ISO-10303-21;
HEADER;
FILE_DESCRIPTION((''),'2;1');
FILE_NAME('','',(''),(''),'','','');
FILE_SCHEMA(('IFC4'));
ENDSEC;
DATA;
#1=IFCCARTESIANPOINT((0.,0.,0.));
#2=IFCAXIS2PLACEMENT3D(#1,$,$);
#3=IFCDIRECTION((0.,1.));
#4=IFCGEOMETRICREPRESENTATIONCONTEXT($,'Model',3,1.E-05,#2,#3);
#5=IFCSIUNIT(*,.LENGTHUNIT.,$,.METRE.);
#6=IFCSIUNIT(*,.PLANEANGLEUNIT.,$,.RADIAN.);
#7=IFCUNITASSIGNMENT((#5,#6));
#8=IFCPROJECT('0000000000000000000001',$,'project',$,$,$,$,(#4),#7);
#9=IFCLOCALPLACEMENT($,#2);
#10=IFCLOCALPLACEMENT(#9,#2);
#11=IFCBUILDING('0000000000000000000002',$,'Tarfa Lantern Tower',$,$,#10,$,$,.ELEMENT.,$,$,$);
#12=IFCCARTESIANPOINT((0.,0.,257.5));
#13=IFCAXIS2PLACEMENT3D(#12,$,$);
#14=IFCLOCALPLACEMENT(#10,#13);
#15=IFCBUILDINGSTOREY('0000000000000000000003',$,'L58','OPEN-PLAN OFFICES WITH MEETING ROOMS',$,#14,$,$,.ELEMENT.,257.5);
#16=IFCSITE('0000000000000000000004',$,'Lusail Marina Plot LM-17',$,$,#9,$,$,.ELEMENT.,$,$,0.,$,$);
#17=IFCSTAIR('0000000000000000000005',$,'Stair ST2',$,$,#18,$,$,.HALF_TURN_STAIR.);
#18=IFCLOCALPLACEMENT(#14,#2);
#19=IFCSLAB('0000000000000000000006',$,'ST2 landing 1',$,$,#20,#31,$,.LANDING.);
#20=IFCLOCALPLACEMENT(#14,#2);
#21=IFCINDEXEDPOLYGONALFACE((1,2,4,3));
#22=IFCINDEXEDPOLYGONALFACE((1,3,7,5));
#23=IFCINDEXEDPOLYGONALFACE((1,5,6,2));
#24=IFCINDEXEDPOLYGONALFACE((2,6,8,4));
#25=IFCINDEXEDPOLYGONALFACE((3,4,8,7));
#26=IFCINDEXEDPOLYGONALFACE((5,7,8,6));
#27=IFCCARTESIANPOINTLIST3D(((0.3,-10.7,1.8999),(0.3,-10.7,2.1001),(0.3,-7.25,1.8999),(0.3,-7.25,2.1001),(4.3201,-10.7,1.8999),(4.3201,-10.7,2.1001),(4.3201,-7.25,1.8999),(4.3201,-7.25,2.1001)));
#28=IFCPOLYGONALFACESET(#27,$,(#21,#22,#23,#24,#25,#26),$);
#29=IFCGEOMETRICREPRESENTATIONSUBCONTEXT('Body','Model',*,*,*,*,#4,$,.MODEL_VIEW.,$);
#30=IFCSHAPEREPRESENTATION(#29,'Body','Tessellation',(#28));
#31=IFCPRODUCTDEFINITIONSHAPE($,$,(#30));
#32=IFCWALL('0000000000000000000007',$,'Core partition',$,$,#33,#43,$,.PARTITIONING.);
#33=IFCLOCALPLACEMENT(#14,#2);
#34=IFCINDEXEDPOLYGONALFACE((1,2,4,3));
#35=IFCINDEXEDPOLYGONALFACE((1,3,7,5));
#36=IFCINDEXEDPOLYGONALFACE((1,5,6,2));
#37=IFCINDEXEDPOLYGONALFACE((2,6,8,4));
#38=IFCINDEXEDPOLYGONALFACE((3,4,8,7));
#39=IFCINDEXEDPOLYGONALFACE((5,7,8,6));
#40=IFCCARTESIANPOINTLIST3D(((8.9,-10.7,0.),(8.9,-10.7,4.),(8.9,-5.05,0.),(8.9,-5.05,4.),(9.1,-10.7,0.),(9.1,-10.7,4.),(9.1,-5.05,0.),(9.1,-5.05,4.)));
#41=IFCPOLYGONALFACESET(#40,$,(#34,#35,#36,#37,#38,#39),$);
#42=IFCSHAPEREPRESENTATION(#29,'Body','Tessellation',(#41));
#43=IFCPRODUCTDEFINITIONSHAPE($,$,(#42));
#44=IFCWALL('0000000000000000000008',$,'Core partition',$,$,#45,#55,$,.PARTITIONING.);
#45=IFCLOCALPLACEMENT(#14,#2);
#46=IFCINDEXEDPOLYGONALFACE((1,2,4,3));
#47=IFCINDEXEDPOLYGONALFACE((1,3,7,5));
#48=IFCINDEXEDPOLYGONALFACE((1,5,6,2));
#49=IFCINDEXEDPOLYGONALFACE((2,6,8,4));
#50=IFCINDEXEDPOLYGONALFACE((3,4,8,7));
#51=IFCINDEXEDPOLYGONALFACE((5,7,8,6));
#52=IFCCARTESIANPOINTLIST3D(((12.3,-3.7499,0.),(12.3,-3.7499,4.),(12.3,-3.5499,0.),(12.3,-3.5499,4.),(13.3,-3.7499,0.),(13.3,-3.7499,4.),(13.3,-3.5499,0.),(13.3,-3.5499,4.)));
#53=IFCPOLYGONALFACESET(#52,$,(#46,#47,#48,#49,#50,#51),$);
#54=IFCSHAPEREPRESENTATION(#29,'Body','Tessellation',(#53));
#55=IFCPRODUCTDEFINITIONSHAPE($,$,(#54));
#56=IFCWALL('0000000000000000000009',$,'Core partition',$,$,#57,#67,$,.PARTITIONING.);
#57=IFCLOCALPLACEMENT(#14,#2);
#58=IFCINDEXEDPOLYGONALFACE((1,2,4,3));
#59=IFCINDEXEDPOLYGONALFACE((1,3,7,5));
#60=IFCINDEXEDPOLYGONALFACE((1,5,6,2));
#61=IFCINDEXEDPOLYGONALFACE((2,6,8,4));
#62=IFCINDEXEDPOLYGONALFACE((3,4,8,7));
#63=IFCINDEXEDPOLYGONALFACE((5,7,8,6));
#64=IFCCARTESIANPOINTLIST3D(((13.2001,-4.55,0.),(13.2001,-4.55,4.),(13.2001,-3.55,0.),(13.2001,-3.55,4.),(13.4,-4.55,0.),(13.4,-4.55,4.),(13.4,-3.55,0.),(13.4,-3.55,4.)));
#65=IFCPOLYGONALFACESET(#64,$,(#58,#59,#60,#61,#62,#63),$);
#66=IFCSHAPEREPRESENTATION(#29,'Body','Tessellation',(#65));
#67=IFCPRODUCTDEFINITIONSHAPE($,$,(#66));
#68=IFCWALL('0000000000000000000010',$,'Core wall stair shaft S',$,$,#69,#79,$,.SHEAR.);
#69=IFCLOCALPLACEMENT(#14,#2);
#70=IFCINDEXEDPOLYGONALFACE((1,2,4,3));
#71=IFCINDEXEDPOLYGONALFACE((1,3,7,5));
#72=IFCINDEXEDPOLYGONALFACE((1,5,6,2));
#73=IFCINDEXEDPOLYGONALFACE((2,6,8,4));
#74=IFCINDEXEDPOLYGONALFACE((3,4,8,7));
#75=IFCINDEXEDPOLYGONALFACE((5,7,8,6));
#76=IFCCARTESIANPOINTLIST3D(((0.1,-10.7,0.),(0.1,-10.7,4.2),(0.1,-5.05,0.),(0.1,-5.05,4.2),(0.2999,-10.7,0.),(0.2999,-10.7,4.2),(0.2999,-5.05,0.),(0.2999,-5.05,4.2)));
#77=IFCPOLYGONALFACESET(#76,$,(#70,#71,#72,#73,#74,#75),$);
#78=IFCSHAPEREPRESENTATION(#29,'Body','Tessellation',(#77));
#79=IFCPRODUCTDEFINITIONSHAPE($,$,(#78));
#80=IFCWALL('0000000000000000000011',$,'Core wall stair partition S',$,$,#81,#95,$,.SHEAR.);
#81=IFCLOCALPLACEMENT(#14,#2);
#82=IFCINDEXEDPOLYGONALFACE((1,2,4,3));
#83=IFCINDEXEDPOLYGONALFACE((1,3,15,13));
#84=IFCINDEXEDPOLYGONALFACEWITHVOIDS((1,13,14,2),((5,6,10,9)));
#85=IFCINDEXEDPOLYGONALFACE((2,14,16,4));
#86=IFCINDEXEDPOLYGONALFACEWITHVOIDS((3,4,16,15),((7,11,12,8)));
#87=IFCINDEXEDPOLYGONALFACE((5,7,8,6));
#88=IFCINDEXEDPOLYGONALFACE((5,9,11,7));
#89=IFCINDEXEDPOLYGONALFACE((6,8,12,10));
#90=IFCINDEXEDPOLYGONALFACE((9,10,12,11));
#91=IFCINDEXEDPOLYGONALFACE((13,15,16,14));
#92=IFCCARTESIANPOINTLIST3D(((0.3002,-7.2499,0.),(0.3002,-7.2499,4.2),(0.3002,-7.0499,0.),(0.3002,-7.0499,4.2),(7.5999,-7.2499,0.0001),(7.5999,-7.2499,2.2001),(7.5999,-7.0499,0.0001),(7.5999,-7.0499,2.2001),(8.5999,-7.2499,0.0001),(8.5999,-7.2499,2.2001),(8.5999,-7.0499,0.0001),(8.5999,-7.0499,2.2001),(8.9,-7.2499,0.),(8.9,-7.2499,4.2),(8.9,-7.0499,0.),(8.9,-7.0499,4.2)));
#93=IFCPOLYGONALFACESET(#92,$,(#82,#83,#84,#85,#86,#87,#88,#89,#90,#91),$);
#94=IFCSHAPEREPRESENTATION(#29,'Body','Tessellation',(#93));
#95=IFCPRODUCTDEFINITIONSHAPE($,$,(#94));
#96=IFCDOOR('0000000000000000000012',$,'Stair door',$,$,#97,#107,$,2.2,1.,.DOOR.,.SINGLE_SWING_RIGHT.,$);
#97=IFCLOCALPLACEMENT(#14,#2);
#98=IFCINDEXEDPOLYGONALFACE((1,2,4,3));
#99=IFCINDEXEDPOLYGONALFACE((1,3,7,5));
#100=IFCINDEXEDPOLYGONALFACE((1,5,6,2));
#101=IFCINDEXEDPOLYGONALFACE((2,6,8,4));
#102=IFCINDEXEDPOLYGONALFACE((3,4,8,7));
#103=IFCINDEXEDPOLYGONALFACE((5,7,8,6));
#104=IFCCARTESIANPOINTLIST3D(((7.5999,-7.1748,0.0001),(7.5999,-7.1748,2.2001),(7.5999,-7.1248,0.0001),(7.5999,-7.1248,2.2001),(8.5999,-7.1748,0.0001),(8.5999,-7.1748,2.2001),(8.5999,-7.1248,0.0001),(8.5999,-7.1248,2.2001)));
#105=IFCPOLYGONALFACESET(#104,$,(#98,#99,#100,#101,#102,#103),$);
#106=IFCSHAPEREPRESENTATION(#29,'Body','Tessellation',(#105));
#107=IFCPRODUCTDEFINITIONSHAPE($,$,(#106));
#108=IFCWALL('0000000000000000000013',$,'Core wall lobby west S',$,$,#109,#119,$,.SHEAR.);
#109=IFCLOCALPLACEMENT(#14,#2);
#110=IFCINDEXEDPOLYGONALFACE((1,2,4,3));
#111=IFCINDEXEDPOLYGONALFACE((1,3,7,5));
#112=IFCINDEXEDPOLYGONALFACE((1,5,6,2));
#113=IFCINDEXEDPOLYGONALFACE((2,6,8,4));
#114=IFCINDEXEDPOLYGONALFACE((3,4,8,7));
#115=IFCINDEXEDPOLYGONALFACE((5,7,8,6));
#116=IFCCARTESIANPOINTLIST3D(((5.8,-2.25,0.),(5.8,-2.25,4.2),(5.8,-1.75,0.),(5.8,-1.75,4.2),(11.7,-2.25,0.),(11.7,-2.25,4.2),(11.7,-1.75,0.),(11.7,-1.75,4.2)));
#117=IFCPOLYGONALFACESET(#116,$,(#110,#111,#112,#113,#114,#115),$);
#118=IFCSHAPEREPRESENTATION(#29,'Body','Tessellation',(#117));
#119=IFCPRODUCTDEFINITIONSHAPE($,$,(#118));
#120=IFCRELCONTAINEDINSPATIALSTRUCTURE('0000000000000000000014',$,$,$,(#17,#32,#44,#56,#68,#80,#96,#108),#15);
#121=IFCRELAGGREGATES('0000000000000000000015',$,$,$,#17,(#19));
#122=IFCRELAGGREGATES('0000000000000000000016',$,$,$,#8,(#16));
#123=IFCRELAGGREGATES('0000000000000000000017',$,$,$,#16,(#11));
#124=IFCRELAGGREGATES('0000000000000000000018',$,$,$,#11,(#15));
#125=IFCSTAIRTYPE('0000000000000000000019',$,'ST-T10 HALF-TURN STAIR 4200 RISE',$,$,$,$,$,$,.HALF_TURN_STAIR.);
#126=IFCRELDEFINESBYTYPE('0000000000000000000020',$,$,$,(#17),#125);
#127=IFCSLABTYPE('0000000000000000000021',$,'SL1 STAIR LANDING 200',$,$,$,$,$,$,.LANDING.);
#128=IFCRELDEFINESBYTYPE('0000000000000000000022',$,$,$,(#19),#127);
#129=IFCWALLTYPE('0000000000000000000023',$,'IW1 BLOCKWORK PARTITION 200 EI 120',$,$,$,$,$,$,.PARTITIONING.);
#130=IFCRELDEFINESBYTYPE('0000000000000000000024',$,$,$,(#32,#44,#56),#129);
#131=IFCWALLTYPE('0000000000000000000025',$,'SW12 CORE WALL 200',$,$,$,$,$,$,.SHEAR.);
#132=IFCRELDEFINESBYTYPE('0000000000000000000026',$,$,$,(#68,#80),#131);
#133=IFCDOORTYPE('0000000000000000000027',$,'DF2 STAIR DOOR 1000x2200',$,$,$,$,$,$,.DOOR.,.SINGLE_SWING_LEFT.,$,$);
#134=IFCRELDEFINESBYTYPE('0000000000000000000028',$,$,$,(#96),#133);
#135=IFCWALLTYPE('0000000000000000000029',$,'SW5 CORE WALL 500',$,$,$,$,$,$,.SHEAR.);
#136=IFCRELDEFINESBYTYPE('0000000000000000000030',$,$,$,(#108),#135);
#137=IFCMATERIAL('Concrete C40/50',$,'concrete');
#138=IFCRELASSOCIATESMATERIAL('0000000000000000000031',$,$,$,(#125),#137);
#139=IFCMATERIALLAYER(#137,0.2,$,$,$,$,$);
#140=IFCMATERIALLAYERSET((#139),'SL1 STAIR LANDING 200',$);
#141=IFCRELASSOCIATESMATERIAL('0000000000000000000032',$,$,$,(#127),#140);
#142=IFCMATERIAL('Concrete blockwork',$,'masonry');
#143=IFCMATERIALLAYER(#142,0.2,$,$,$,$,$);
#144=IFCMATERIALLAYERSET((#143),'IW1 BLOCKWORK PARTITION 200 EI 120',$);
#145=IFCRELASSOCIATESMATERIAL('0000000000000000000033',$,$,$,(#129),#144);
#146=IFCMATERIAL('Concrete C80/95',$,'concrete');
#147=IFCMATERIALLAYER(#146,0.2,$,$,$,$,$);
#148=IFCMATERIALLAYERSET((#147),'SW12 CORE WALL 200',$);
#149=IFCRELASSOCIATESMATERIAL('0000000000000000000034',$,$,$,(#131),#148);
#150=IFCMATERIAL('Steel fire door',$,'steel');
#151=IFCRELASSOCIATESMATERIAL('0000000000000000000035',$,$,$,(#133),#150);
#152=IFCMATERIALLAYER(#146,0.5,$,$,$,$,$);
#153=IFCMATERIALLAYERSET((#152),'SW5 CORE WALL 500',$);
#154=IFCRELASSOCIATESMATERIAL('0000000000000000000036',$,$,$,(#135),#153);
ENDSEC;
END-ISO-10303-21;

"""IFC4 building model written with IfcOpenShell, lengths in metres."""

from ifc_helpers import new_model, si_unit, direction, frame, frame_2d, origin, place, context, subcontext, project, spatial, polyline, rectangle, outline, extrude, material, layer, layer_set, type_object, element, fill, aggregate, save


model = new_model("IFC4")

# Units and contexts
model_context = context("Model", 3, precision=1e-05, world=origin(), true_north=direction((0.0, 1.0)))
body_context = subcontext(model_context, "Body", "Model", "MODEL_VIEW")
ifc_project = project(units=[si_unit("LENGTHUNIT", "METRE"), si_unit("PLANEANGLEUNIT", "RADIAN")], contexts=[model_context])

# Site, building, storey
site_placement = place(None, origin())
site = spatial("IfcSite", under=ifc_project, at=site_placement, Name="Lusail Marina Plot LM-17", CompositionType="ELEMENT", RefElevation=0.0)
building_placement = place(site_placement, origin())
building = spatial("IfcBuilding", under=site, at=building_placement, Name="Tarfa Lantern Tower", CompositionType="ELEMENT")
storey_placement = place(building_placement, frame((0.0, 0.0, 257.5)))
storey = spatial("IfcBuildingStorey", under=building, at=storey_placement, Name="L58", Description="OPEN-PLAN OFFICES WITH MEETING ROOMS", CompositionType="ELEMENT", Elevation=257.5)

# Stair, slab
ifc_material_1 = material(Name="Concrete C40/50", Category="concrete")
stair_type = type_object("IfcStairType", Name="ST-T10 HALF-TURN STAIR 4200 RISE", PredefinedType="HALF_TURN_STAIR", material=ifc_material_1)
stair_placement = place(storey_placement, origin())
stair = element("IfcStair", 1, at=stair_placement, inside=storey, type_object=stair_type, Name="Stair ST2", PredefinedType="HALF_TURN_STAIR")
ifc_layer_1 = layer(ifc_material_1, 0.2)
ifc_layer_set_1 = layer_set([ifc_layer_1], Name="SL1 STAIR LANDING 200")
slab_type = type_object("IfcSlabType", Name="SL1 STAIR LANDING 200", PredefinedType="LANDING", material=ifc_layer_set_1)
slab_placement = place(storey_placement, frame((0.0, 0.0, 1.8999)))
slab = element("IfcSlab", 2, at=slab_placement, type_object=slab_type, Name="ST2 landing 1", PredefinedType="LANDING", context=body_context, shape_type="SweptSolid", body=[
    extrude(outline(polyline([(4.3201, -7.25), (0.3, -7.25), (0.3, -10.7), (4.3201, -10.7), (4.3201, -7.25)])), origin(), (0.0, 0.0, 1.0), 0.2002),
])

# Walls
ifc_material_2 = material(Name="Concrete blockwork", Category="masonry")
ifc_layer_2 = layer(ifc_material_2, 0.2)
ifc_layer_set_2 = layer_set([ifc_layer_2], Name="IW1 BLOCKWORK PARTITION 200 EI 120")
wall_type_1 = type_object("IfcWallType", Name="IW1 BLOCKWORK PARTITION 200 EI 120", PredefinedType="PARTITIONING", material=ifc_layer_set_2)
wall_1_placement = place(storey_placement, frame((9.0, -5.05, 0.0), z_axis=(0.0, 0.0, 1.0), x_axis=(0.0, -1.0, 0.0)))
element("IfcWall", 3, at=wall_1_placement, inside=storey, type_object=wall_type_1, Name="Core partition", PredefinedType="PARTITIONING", context=body_context, shape_type="SweptSolid", body=[
    extrude(rectangle(XDim=5.6499, YDim=0.2, at=frame_2d((2.825, 0.0))), origin(), (0.0, 0.0, 1.0), 4.0),
])
for number, where, z_axis, x_axis, name in (
    (4, (13.3, -3.6499, 0.0), (0.0, 0.0, 1.0), (-1.0, 0.0, 0.0), "Core partition"),
    (5, (13.3, -3.55, 0.0), (0.0, 0.0, 1.0), (0.0, -1.0, 0.0), "Core partition"),
):
    element("IfcWall", number, at=place(storey_placement, frame(where, z_axis=z_axis, x_axis=x_axis)), inside=storey, type_object=wall_type_1, Name=name, PredefinedType="PARTITIONING", context=body_context, shape_type="SweptSolid", body=[
        extrude(rectangle(XDim=1.0, YDim=0.2, at=frame_2d((0.5, 0.0))), origin(), (0.0, 0.0, 1.0), 4.0),
    ])
ifc_material_3 = material(Name="Concrete C80/95", Category="concrete")
ifc_layer_3 = layer(ifc_material_3, 0.2)
ifc_layer_set_3 = layer_set([ifc_layer_3], Name="SW12 CORE WALL 200")
wall_type_2 = type_object("IfcWallType", Name="SW12 CORE WALL 200", PredefinedType="SHEAR", material=ifc_layer_set_3)
wall_2_placement = place(storey_placement, frame((0.2, -5.05, 0.0), z_axis=(0.0, 0.0, 1.0), x_axis=(0.0, -1.0, 0.0)))
element("IfcWall", 6, at=wall_2_placement, inside=storey, type_object=wall_type_2, Name="Core wall stair shaft S", PredefinedType="SHEAR", context=body_context, shape_type="SweptSolid", body=[
    extrude(rectangle(XDim=5.6499, YDim=0.2, at=frame_2d((2.825, 0.0))), origin(), (0.0, 0.0, 1.0), 4.2),
])

# Wall, opening, door
wall_3_placement = place(storey_placement, frame((8.8999, -7.1499, 0.0), z_axis=(0.0, 0.0, 1.0), x_axis=(-1.0, 0.0, 0.0)))
wall_3 = element("IfcWall", 7, at=wall_3_placement, inside=storey, type_object=wall_type_2, Name="Core wall stair partition S", PredefinedType="SHEAR", context=body_context, shape_type="SweptSolid", body=[
    extrude(rectangle(XDim=8.5999, YDim=0.2, at=frame_2d((4.2998, 0.0))), origin(), (0.0, 0.0, 1.0), 4.2),
])
opening_1_placement = place(wall_3_placement, frame((0.3, 0.0, 0.0)))
opening_1 = element("IfcOpeningElement", 8, at=opening_1_placement, cuts=wall_3, PredefinedType="OPENING", context=body_context, shape_type="SweptSolid", body=[
    extrude(rectangle(XDim=1.0, YDim=2.2, at=frame_2d((0.5, 1.1001))), frame((0.0, 0.1099, 0.0), z_axis=(0.0, -1.0, 0.0), x_axis=(1.0, 0.0, 0.0)), (0.0, 0.0, 1.0), 0.22),
])
ifc_material_4 = material(Name="Steel fire door", Category="steel")
door_type_1 = type_object("IfcDoorType", Name="DF2 STAIR DOOR 1000x2200", OperationType="SINGLE_SWING_LEFT", PredefinedType="DOOR", material=ifc_material_4)
door_1_placement = place(opening_1_placement, origin())
door_1 = element("IfcDoor", 9, at=door_1_placement, inside=storey, type_object=door_type_1, Name="Stair door", OperationType="SINGLE_SWING_RIGHT", OverallHeight=2.2, OverallWidth=1.0, PredefinedType="DOOR", context=body_context, shape_type="SweptSolid", body=[
    extrude(rectangle(XDim=1.0, YDim=2.2, at=frame_2d((0.5, 1.1001))), frame((0.0, 0.0249, 0.0), z_axis=(0.0, -1.0, 0.0), x_axis=(1.0, 0.0, 0.0)), (0.0, 0.0, 1.0), 0.05),
])
fill(opening_1, door_1)

# Wall
ifc_layer_4 = layer(ifc_material_3, 0.5)
ifc_layer_set_4 = layer_set([ifc_layer_4], Name="SW5 CORE WALL 500")
wall_type_3 = type_object("IfcWallType", Name="SW5 CORE WALL 500", PredefinedType="SHEAR", material=ifc_layer_set_4)
wall_4_placement = place(storey_placement, frame((11.7, -2.0, 0.0), z_axis=(0.0, 0.0, 1.0), x_axis=(-1.0, 0.0, 0.0)))
element("IfcWall", 10, at=wall_4_placement, inside=storey, type_object=wall_type_3, Name="Core wall lobby west S", PredefinedType="SHEAR", context=body_context, shape_type="SweptSolid", body=[
    extrude(rectangle(XDim=5.8999, YDim=0.5, at=frame_2d((2.95, 0.0))), origin(), (0.0, 0.0, 1.0), 4.2),
])

aggregate(stair, [slab])

save(model, "model.ifc")
